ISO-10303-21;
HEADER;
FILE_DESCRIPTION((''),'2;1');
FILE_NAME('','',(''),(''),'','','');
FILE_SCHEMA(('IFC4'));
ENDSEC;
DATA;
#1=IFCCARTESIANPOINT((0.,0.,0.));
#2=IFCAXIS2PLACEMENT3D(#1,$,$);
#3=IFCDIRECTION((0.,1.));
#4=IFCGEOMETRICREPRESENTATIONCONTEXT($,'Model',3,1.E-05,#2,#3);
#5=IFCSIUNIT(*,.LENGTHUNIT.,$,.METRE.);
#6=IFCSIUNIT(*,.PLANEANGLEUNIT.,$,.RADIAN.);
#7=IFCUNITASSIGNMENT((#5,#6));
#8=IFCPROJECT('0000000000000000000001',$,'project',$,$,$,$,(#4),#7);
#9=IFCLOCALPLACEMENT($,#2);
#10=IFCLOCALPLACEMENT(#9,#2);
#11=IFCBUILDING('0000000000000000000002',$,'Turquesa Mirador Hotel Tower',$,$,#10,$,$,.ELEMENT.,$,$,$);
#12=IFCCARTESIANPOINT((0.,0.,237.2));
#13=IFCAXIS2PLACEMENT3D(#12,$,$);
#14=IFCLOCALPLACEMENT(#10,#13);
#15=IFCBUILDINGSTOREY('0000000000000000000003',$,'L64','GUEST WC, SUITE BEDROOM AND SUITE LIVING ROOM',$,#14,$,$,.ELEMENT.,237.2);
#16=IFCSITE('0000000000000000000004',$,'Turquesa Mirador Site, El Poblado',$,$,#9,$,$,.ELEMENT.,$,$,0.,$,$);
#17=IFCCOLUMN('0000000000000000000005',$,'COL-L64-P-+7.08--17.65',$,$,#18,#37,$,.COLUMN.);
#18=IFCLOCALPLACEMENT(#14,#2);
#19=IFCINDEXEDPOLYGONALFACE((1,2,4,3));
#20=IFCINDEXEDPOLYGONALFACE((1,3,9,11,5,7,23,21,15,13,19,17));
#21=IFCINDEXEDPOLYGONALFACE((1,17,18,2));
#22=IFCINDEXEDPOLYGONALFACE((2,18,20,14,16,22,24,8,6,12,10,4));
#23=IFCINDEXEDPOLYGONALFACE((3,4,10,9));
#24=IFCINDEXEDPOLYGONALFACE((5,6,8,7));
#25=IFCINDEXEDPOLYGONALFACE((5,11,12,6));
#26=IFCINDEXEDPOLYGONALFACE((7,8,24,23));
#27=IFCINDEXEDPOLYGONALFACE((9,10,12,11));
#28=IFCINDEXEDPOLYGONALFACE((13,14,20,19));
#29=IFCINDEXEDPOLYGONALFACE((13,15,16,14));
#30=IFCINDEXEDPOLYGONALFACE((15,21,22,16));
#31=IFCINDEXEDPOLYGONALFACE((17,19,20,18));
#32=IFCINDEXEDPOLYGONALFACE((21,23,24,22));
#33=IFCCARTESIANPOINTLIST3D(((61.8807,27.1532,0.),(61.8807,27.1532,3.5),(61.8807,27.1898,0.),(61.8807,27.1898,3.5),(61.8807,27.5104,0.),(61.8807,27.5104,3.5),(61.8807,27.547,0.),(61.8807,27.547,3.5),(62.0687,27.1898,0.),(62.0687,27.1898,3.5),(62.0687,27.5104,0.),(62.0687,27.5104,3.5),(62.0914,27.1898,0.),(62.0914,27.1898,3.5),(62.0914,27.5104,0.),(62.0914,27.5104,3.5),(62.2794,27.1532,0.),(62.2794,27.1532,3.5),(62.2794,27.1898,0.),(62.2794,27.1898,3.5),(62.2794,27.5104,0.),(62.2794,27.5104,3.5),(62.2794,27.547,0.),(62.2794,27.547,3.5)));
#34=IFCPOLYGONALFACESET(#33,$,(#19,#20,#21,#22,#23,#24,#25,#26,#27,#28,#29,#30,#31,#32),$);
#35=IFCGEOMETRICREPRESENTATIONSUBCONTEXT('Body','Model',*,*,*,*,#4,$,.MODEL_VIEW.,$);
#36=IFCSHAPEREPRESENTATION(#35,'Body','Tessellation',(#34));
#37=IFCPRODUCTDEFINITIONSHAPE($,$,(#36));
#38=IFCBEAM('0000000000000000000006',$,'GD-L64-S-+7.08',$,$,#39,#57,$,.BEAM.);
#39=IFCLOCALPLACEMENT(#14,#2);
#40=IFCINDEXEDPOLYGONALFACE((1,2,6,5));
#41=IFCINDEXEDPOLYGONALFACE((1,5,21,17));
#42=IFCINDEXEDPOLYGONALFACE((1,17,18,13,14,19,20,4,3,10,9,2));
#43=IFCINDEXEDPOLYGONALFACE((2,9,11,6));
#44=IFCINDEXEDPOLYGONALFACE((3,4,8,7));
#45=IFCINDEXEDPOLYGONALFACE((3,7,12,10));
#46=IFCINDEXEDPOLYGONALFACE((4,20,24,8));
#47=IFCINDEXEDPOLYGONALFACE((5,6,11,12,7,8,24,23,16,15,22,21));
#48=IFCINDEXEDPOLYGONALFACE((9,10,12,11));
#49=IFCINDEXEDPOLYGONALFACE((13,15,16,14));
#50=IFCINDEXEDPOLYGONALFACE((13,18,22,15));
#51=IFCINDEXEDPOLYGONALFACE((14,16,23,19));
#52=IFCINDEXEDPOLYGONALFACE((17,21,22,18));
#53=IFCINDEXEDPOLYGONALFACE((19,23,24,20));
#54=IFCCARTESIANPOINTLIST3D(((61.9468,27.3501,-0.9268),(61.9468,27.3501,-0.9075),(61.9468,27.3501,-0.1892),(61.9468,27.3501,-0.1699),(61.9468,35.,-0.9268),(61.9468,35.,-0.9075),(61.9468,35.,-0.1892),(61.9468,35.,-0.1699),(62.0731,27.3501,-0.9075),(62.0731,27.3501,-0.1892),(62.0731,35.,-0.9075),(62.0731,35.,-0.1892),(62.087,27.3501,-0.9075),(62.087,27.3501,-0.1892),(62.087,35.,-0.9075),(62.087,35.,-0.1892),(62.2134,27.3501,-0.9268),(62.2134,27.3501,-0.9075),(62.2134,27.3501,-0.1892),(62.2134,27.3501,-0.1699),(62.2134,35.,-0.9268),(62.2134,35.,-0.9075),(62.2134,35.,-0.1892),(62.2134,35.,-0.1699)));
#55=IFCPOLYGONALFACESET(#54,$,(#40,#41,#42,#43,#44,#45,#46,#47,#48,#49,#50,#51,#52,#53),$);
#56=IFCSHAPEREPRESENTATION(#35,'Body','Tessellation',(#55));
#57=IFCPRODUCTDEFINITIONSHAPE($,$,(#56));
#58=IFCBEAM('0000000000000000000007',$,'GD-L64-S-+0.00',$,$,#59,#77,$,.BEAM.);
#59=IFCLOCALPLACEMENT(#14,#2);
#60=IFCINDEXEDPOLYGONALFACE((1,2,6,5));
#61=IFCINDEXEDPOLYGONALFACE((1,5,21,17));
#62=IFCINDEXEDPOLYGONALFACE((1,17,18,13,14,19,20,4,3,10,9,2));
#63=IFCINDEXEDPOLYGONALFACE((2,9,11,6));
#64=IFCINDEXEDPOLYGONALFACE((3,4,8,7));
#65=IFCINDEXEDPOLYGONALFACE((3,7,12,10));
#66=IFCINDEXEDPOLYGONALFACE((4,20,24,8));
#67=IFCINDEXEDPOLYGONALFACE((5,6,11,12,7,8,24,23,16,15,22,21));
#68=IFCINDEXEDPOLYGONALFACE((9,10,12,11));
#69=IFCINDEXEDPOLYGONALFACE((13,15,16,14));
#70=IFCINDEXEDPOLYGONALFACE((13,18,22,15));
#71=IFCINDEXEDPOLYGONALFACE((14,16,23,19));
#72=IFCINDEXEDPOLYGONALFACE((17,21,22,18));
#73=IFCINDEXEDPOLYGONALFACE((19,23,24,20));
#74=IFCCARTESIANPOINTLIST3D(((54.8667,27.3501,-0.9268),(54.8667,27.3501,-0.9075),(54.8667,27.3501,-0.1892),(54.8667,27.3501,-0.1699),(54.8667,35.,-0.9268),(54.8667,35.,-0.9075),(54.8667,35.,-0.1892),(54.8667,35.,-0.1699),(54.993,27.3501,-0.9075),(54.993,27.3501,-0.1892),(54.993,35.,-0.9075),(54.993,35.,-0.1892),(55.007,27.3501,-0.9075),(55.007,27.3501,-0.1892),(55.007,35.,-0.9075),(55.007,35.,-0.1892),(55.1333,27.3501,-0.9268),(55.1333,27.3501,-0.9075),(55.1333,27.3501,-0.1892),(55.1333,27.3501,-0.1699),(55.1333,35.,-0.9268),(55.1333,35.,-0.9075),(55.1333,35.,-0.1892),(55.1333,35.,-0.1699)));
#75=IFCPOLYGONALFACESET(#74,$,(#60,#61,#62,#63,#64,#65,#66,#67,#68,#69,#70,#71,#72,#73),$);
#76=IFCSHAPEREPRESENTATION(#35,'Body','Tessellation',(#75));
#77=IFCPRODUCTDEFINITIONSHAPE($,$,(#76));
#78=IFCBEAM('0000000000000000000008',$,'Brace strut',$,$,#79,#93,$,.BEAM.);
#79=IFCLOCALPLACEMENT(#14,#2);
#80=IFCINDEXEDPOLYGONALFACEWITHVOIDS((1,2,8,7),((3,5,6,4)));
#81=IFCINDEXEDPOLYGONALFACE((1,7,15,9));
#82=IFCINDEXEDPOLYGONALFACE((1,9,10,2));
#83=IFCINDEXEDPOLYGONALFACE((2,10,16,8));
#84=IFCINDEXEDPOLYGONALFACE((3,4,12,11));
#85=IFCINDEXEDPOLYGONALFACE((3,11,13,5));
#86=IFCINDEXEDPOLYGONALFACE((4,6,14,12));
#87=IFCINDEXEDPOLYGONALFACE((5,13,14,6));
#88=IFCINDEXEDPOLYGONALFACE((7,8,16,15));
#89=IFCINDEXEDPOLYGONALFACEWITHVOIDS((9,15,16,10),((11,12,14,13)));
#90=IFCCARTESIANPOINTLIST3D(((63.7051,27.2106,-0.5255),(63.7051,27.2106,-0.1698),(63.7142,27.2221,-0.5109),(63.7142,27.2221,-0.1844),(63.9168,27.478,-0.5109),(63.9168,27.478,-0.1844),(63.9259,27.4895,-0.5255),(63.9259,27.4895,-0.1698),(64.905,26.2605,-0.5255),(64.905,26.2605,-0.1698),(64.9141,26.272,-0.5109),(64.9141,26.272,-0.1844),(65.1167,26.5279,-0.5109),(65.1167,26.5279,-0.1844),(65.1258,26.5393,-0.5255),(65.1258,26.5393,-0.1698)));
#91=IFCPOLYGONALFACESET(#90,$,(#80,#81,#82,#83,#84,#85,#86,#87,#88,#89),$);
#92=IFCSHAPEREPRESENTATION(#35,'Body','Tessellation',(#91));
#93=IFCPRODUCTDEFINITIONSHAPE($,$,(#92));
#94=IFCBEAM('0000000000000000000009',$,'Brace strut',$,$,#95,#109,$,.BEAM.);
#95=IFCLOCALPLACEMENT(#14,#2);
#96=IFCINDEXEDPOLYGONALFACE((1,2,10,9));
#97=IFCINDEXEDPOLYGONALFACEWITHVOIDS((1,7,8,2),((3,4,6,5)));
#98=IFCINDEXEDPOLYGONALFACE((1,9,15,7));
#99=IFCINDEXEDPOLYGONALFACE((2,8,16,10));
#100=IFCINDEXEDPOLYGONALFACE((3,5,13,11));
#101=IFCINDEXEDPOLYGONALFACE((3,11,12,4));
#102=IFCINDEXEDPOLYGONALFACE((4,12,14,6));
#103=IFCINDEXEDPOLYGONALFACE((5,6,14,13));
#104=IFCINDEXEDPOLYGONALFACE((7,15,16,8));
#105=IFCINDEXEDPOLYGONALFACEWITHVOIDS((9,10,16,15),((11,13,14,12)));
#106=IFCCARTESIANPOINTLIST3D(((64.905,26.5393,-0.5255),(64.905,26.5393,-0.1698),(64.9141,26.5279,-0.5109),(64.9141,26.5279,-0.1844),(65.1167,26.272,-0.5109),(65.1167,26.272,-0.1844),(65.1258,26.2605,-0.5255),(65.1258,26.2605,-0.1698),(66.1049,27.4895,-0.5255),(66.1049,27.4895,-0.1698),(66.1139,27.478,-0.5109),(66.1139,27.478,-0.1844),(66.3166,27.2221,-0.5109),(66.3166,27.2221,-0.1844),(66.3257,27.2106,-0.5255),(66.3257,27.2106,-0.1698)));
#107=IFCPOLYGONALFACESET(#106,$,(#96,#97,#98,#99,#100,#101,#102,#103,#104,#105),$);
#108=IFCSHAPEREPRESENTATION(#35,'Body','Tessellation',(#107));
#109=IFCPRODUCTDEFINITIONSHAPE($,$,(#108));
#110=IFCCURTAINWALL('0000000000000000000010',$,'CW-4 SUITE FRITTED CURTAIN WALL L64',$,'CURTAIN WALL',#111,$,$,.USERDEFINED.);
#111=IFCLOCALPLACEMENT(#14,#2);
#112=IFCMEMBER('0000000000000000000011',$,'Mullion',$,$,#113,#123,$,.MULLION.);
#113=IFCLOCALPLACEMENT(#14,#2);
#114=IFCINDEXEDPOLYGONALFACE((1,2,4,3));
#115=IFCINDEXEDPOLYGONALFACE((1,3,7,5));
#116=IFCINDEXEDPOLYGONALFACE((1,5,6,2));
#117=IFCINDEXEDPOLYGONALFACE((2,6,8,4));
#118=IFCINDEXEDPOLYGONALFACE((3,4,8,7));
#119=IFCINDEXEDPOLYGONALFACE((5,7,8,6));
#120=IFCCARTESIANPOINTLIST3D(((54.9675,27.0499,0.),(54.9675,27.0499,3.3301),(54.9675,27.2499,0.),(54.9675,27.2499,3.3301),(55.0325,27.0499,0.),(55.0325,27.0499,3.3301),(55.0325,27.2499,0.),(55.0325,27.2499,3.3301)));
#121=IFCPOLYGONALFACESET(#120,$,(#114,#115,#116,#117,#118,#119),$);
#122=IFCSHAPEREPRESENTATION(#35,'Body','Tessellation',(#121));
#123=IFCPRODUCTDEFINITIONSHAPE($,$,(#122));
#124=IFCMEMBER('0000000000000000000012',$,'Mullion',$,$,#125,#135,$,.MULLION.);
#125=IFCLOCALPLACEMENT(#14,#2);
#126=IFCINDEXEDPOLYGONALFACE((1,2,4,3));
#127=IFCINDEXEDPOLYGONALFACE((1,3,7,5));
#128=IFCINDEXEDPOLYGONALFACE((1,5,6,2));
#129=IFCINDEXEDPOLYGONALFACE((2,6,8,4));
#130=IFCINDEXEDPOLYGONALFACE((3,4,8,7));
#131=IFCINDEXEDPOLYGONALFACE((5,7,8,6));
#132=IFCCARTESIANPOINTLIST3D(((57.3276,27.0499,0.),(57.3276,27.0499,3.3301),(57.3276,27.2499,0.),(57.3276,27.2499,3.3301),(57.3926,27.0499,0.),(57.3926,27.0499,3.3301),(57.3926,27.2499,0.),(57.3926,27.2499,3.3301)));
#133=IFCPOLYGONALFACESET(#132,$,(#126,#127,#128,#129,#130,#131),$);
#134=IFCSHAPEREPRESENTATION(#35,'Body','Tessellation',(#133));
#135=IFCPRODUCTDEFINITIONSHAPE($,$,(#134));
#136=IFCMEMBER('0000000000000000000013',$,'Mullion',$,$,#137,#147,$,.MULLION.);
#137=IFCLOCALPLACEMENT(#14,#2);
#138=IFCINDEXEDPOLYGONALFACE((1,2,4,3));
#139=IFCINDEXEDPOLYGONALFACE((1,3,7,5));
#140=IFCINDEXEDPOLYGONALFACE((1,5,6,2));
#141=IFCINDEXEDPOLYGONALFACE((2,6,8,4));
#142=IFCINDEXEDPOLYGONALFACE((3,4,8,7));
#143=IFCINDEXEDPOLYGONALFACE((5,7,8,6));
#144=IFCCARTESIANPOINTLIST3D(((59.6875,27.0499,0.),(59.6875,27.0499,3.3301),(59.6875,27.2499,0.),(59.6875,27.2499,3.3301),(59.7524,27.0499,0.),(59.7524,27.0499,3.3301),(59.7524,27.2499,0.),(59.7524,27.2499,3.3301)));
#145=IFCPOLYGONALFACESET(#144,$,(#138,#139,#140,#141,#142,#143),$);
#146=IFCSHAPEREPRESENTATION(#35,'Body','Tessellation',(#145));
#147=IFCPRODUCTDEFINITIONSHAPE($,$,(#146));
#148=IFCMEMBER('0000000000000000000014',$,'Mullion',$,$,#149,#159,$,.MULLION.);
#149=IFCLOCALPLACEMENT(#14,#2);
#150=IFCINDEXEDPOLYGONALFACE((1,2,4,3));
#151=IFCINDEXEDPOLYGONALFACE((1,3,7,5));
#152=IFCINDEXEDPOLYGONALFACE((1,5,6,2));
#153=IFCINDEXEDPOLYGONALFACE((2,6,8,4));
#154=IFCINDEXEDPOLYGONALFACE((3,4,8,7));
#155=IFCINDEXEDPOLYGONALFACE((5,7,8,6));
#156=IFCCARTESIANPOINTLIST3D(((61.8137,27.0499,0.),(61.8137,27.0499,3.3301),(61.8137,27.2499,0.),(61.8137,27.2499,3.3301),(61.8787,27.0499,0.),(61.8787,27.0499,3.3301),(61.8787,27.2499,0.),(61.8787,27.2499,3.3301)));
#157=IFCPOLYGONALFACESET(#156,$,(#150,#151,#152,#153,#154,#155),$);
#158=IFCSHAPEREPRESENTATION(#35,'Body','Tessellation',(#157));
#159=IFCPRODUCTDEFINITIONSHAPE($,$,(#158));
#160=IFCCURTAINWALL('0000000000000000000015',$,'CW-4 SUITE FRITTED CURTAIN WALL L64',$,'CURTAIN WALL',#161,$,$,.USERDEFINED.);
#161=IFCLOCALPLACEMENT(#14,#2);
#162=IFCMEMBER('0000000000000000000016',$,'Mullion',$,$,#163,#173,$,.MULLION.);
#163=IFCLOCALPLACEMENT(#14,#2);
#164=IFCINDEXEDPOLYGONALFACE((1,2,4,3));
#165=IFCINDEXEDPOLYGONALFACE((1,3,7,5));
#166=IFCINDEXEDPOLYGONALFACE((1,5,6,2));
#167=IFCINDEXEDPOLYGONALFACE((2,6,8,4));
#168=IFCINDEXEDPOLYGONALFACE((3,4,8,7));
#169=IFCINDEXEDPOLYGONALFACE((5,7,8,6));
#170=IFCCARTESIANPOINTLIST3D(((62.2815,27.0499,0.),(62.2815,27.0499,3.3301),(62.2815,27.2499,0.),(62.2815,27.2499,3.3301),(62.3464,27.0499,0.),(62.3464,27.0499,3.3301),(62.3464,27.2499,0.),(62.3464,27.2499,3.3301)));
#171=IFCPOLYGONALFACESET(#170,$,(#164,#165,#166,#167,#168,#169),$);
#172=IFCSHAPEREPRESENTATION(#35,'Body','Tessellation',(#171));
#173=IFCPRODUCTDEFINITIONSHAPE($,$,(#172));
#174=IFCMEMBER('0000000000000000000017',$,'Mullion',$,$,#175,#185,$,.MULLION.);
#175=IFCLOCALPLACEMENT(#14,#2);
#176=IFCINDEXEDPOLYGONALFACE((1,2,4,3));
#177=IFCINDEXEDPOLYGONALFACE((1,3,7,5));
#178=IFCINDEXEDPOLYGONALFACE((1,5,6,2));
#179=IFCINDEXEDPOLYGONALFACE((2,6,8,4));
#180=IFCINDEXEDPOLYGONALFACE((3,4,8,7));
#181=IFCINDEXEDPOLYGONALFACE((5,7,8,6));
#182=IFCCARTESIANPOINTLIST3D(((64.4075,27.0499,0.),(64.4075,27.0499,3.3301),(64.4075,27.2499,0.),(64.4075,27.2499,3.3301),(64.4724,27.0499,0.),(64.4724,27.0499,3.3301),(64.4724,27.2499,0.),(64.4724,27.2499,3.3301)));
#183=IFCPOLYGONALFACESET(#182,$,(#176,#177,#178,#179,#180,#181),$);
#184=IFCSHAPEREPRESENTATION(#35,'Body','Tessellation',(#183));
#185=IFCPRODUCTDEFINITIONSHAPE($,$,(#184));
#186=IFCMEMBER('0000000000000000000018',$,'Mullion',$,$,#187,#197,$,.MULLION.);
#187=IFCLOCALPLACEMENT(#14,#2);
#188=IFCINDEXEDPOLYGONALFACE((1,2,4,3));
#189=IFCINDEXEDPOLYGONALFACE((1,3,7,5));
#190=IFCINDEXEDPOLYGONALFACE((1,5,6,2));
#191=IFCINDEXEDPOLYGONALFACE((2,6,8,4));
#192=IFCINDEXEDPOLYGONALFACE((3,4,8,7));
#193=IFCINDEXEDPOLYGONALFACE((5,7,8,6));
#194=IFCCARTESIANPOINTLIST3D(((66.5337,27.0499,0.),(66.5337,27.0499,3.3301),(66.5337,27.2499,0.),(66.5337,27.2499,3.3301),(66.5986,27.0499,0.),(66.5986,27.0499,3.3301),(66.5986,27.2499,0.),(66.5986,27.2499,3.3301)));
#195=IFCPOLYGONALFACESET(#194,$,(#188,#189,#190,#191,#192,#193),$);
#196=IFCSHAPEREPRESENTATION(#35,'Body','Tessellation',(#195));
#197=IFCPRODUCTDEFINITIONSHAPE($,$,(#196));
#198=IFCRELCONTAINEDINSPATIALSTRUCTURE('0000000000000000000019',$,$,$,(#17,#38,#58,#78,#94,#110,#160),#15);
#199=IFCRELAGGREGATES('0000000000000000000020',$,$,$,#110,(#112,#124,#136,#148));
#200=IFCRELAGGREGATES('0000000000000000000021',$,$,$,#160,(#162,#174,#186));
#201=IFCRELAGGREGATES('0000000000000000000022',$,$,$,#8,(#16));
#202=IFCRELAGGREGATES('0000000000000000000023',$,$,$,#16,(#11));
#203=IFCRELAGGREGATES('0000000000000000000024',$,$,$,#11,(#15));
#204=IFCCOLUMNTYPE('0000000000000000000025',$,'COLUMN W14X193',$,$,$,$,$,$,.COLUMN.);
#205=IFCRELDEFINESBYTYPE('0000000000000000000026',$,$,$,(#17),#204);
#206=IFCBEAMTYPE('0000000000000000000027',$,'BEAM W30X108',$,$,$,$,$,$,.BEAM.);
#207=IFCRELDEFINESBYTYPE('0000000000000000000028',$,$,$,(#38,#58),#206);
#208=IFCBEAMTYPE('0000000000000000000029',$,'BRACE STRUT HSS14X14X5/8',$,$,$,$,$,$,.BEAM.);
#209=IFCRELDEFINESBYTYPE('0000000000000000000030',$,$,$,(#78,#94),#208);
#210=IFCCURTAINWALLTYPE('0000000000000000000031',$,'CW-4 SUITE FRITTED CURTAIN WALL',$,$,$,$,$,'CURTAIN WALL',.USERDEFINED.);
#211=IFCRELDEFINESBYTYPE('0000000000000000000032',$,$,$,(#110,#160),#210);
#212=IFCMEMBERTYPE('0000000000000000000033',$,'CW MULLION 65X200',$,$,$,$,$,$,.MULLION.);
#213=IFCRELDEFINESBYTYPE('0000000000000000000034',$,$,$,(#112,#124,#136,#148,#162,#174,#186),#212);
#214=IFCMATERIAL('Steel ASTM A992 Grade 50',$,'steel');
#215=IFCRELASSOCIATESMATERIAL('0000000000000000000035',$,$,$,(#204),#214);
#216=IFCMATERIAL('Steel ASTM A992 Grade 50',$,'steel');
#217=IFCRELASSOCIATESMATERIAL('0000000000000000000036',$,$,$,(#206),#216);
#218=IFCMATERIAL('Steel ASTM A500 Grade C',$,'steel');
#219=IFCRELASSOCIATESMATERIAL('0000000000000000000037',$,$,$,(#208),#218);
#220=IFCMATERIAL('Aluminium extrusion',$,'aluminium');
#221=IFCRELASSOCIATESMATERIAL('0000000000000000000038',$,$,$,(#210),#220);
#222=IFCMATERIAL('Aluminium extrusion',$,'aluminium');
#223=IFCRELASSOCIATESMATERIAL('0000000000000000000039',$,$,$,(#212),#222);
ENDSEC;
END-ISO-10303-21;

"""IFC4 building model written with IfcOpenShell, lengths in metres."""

from ifc_helpers import new_model, si_unit, direction, frame, origin, origin_2d, place, context, subcontext, project, spatial, rectangle, hollow_rectangle, i_section, extrude, material, material_profile, profile_set, type_object, element, aggregate, save


model = new_model("IFC4")

# Units and contexts
model_context = context("Model", 3, precision=1e-05, world=origin(), true_north=direction((0.0, 1.0)))
body_context = subcontext(model_context, "Body", "Model", "MODEL_VIEW")
ifc_project = project(units=[si_unit("LENGTHUNIT", "METRE"), si_unit("PLANEANGLEUNIT", "RADIAN")], contexts=[model_context])

# Site, building, storey
site_placement = place(None, origin())
site = spatial("IfcSite", under=ifc_project, at=site_placement, Name="Turquesa Mirador Site, El Poblado", CompositionType="ELEMENT", RefElevation=0.0)
building_placement = place(site_placement, origin())
building = spatial("IfcBuilding", under=site, at=building_placement, Name="Turquesa Mirador Hotel Tower", CompositionType="ELEMENT")
storey_placement = place(building_placement, frame((0.0, 0.0, 237.2)))
storey = spatial("IfcBuildingStorey", under=building, at=storey_placement, Name="L64", Description="GUEST WC, SUITE BEDROOM AND SUITE LIVING ROOM", CompositionType="ELEMENT", Elevation=237.2)

# Column
ifc_material_1 = material(Name="Steel ASTM A992 Grade 50", Category="steel")
ifc_material_profile_1 = material_profile(ifc_material_1, i_section(OverallWidth=0.3987, OverallDepth=0.3938, WebThickness=0.0227, FlangeThickness=0.0366, at=origin_2d()), Name="W14X193")
ifc_profile_set_1 = profile_set([ifc_material_profile_1], Name="Steel ASTM A992 Grade 50")
column_type = type_object("IfcColumnType", Name="COLUMN W14X193", PredefinedType="COLUMN", material=ifc_profile_set_1)
column_placement = place(storey_placement, frame((62.0801, 27.3501, 0.0), z_axis=(0.0, 0.0, 1.0), x_axis=(1.0, 0.0, 0.0)))
element("IfcColumn", 1, at=column_placement, inside=storey, type_object=column_type, Name="COL-L64-P-+7.08--17.65", PredefinedType="COLUMN", context=body_context, shape_type="SweptSolid", body=[
    extrude(i_section(OverallWidth=0.3987, OverallDepth=0.3938, WebThickness=0.0227, FlangeThickness=0.0366, at=origin_2d()), origin(), (0.0, 0.0, 1.0), 3.5),
])

# Beams
ifc_material_2 = material(Name="Steel ASTM A992 Grade 50", Category="steel")
ifc_material_profile_2 = material_profile(ifc_material_2, i_section(OverallWidth=0.2666, OverallDepth=0.7568, WebThickness=0.0139, FlangeThickness=0.0193, at=origin_2d()), Name="W30X108")
ifc_profile_set_2 = profile_set([ifc_material_profile_2], Name="Steel ASTM A992 Grade 50")
beam_type_1 = type_object("IfcBeamType", Name="BEAM W30X108", PredefinedType="BEAM", material=ifc_profile_set_2)
for number, where, z_axis, x_axis, name in (
    (2, (62.0801, 27.3501, -0.5483), (0.0, 1.0, 0.0), (-1.0, 0.0, 0.0), "GD-L64-S-+7.08"),
    (3, (55.0, 27.3501, -0.5483), (0.0, 1.0, 0.0), (-1.0, 0.0, 0.0), "GD-L64-S-+0.00"),
):
    element("IfcBeam", number, at=place(storey_placement, frame(where, z_axis=z_axis, x_axis=x_axis)), inside=storey, type_object=beam_type_1, Name=name, PredefinedType="BEAM", context=body_context, shape_type="SweptSolid", body=[
        extrude(i_section(OverallWidth=0.2666, OverallDepth=0.7568, WebThickness=0.0139, FlangeThickness=0.0193, at=origin_2d()), origin(), (0.0, 0.0, 1.0), 7.6499),
    ])
ifc_material_3 = material(Name="Steel ASTM A500 Grade C", Category="steel")
ifc_material_profile_3 = material_profile(ifc_material_3, hollow_rectangle(XDim=0.3557, YDim=0.3557, WallThickness=0.0146, at=origin_2d()), Name="HSS14X14X5/8")
ifc_profile_set_3 = profile_set([ifc_material_profile_3], Name="Steel ASTM A500 Grade C")
beam_type_2 = type_object("IfcBeamType", Name="BRACE STRUT HSS14X14X5/8", PredefinedType="BEAM", material=ifc_profile_set_3)
for number, where, z_axis, x_axis, name in (
    (4, (65.0154, 26.3999, -0.3477), (-0.783971, 0.620797, 0.0), (-0.620797, -0.783971, 0.0), "Brace strut"),
    (5, (65.0154, 26.3999, -0.3477), (0.783971, 0.620797, 0.0), (-0.620797, 0.783971, 0.0), "Brace strut"),
):
    element("IfcBeam", number, at=place(storey_placement, frame(where, z_axis=z_axis, x_axis=x_axis)), inside=storey, type_object=beam_type_2, Name=name, PredefinedType="BEAM", context=body_context, shape_type="SweptSolid", body=[
        extrude(hollow_rectangle(XDim=0.3557, YDim=0.3557, WallThickness=0.0146, at=origin_2d()), origin(), (0.0, 0.0, 1.0), 1.5305),
    ])

# Curtain walls, members
ifc_material_4 = material(Name="Aluminium extrusion", Category="aluminium")
curtain_wall_type = type_object("IfcCurtainWallType", Name="CW-4 SUITE FRITTED CURTAIN WALL", ElementType="CURTAIN WALL", PredefinedType="USERDEFINED", material=ifc_material_4)
curtain_wall_1_placement = place(storey_placement, origin())
curtain_wall_1 = element("IfcCurtainWall", 6, at=curtain_wall_1_placement, inside=storey, type_object=curtain_wall_type, Name="CW-4 SUITE FRITTED CURTAIN WALL L64", ObjectType="CURTAIN WALL", PredefinedType="USERDEFINED")
ifc_material_5 = material(Name="Aluminium extrusion", Category="aluminium")
ifc_material_profile_4 = material_profile(ifc_material_5, rectangle(XDim=0.0649, YDim=0.2, at=origin_2d()), Name="MULLION 65X200")
ifc_profile_set_4 = profile_set([ifc_material_profile_4], Name="Aluminium extrusion")
member_type_1 = type_object("IfcMemberType", Name="CW MULLION 65X200", PredefinedType="MULLION", material=ifc_profile_set_4)
member_1_placement = place(storey_placement, frame((55.0, 27.1499, 0.0), z_axis=(0.0, 0.0, 1.0), x_axis=(1.0, 0.0, 0.0)))
member_1 = element("IfcMember", 7, at=member_1_placement, type_object=member_type_1, Name="Mullion", PredefinedType="MULLION", context=body_context, shape_type="SweptSolid", body=[
    extrude(rectangle(XDim=0.0649, YDim=0.2, at=origin_2d()), origin(), (0.0, 0.0, 1.0), 3.3301),
])
member_2_placement = place(storey_placement, frame((57.3601, 27.1499, 0.0), z_axis=(0.0, 0.0, 1.0), x_axis=(1.0, 0.0, 0.0)))
member_2 = element("IfcMember", 8, at=member_2_placement, type_object=member_type_1, Name="Mullion", PredefinedType="MULLION", context=body_context, shape_type="SweptSolid", body=[
    extrude(rectangle(XDim=0.0649, YDim=0.2, at=origin_2d()), origin(), (0.0, 0.0, 1.0), 3.3301),
])
member_3_placement = place(storey_placement, frame((59.72, 27.1499, 0.0), z_axis=(0.0, 0.0, 1.0), x_axis=(1.0, 0.0, 0.0)))
member_3 = element("IfcMember", 9, at=member_3_placement, type_object=member_type_1, Name="Mullion", PredefinedType="MULLION", context=body_context, shape_type="SweptSolid", body=[
    extrude(rectangle(XDim=0.0649, YDim=0.2, at=origin_2d()), origin(), (0.0, 0.0, 1.0), 3.3301),
])
member_4_placement = place(storey_placement, frame((61.8462, 27.1499, 0.0), z_axis=(0.0, 0.0, 1.0), x_axis=(1.0, 0.0, 0.0)))
member_4 = element("IfcMember", 10, at=member_4_placement, type_object=member_type_1, Name="Mullion", PredefinedType="MULLION", context=body_context, shape_type="SweptSolid", body=[
    extrude(rectangle(XDim=0.0649, YDim=0.2, at=origin_2d()), origin(), (0.0, 0.0, 1.0), 3.3301),
])
curtain_wall_2_placement = place(storey_placement, origin())
curtain_wall_2 = element("IfcCurtainWall", 11, at=curtain_wall_2_placement, inside=storey, type_object=curtain_wall_type, Name="CW-4 SUITE FRITTED CURTAIN WALL L64", ObjectType="CURTAIN WALL", PredefinedType="USERDEFINED")
member_5_placement = place(storey_placement, frame((62.314, 27.1499, 0.0), z_axis=(0.0, 0.0, 1.0), x_axis=(1.0, 0.0, 0.0)))
member_5 = element("IfcMember", 12, at=member_5_placement, type_object=member_type_1, Name="Mullion", PredefinedType="MULLION", context=body_context, shape_type="SweptSolid", body=[
    extrude(rectangle(XDim=0.0649, YDim=0.2, at=origin_2d()), origin(), (0.0, 0.0, 1.0), 3.3301),
])
member_6_placement = place(storey_placement, frame((64.4399, 27.1499, 0.0), z_axis=(0.0, 0.0, 1.0), x_axis=(1.0, 0.0, 0.0)))
member_6 = element("IfcMember", 13, at=member_6_placement, type_object=member_type_1, Name="Mullion", PredefinedType="MULLION", context=body_context, shape_type="SweptSolid", body=[
    extrude(rectangle(XDim=0.0649, YDim=0.2, at=origin_2d()), origin(), (0.0, 0.0, 1.0), 3.3301),
])
member_7_placement = place(storey_placement, frame((66.5662, 27.1499, 0.0), z_axis=(0.0, 0.0, 1.0), x_axis=(1.0, 0.0, 0.0)))
member_7 = element("IfcMember", 14, at=member_7_placement, type_object=member_type_1, Name="Mullion", PredefinedType="MULLION", context=body_context, shape_type="SweptSolid", body=[
    extrude(rectangle(XDim=0.0649, YDim=0.2, at=origin_2d()), origin(), (0.0, 0.0, 1.0), 3.3301),
])

aggregate(curtain_wall_1, [member_1, member_2, member_3, member_4])
aggregate(curtain_wall_2, [member_5, member_6, member_7])

save(model, "model.ifc")
